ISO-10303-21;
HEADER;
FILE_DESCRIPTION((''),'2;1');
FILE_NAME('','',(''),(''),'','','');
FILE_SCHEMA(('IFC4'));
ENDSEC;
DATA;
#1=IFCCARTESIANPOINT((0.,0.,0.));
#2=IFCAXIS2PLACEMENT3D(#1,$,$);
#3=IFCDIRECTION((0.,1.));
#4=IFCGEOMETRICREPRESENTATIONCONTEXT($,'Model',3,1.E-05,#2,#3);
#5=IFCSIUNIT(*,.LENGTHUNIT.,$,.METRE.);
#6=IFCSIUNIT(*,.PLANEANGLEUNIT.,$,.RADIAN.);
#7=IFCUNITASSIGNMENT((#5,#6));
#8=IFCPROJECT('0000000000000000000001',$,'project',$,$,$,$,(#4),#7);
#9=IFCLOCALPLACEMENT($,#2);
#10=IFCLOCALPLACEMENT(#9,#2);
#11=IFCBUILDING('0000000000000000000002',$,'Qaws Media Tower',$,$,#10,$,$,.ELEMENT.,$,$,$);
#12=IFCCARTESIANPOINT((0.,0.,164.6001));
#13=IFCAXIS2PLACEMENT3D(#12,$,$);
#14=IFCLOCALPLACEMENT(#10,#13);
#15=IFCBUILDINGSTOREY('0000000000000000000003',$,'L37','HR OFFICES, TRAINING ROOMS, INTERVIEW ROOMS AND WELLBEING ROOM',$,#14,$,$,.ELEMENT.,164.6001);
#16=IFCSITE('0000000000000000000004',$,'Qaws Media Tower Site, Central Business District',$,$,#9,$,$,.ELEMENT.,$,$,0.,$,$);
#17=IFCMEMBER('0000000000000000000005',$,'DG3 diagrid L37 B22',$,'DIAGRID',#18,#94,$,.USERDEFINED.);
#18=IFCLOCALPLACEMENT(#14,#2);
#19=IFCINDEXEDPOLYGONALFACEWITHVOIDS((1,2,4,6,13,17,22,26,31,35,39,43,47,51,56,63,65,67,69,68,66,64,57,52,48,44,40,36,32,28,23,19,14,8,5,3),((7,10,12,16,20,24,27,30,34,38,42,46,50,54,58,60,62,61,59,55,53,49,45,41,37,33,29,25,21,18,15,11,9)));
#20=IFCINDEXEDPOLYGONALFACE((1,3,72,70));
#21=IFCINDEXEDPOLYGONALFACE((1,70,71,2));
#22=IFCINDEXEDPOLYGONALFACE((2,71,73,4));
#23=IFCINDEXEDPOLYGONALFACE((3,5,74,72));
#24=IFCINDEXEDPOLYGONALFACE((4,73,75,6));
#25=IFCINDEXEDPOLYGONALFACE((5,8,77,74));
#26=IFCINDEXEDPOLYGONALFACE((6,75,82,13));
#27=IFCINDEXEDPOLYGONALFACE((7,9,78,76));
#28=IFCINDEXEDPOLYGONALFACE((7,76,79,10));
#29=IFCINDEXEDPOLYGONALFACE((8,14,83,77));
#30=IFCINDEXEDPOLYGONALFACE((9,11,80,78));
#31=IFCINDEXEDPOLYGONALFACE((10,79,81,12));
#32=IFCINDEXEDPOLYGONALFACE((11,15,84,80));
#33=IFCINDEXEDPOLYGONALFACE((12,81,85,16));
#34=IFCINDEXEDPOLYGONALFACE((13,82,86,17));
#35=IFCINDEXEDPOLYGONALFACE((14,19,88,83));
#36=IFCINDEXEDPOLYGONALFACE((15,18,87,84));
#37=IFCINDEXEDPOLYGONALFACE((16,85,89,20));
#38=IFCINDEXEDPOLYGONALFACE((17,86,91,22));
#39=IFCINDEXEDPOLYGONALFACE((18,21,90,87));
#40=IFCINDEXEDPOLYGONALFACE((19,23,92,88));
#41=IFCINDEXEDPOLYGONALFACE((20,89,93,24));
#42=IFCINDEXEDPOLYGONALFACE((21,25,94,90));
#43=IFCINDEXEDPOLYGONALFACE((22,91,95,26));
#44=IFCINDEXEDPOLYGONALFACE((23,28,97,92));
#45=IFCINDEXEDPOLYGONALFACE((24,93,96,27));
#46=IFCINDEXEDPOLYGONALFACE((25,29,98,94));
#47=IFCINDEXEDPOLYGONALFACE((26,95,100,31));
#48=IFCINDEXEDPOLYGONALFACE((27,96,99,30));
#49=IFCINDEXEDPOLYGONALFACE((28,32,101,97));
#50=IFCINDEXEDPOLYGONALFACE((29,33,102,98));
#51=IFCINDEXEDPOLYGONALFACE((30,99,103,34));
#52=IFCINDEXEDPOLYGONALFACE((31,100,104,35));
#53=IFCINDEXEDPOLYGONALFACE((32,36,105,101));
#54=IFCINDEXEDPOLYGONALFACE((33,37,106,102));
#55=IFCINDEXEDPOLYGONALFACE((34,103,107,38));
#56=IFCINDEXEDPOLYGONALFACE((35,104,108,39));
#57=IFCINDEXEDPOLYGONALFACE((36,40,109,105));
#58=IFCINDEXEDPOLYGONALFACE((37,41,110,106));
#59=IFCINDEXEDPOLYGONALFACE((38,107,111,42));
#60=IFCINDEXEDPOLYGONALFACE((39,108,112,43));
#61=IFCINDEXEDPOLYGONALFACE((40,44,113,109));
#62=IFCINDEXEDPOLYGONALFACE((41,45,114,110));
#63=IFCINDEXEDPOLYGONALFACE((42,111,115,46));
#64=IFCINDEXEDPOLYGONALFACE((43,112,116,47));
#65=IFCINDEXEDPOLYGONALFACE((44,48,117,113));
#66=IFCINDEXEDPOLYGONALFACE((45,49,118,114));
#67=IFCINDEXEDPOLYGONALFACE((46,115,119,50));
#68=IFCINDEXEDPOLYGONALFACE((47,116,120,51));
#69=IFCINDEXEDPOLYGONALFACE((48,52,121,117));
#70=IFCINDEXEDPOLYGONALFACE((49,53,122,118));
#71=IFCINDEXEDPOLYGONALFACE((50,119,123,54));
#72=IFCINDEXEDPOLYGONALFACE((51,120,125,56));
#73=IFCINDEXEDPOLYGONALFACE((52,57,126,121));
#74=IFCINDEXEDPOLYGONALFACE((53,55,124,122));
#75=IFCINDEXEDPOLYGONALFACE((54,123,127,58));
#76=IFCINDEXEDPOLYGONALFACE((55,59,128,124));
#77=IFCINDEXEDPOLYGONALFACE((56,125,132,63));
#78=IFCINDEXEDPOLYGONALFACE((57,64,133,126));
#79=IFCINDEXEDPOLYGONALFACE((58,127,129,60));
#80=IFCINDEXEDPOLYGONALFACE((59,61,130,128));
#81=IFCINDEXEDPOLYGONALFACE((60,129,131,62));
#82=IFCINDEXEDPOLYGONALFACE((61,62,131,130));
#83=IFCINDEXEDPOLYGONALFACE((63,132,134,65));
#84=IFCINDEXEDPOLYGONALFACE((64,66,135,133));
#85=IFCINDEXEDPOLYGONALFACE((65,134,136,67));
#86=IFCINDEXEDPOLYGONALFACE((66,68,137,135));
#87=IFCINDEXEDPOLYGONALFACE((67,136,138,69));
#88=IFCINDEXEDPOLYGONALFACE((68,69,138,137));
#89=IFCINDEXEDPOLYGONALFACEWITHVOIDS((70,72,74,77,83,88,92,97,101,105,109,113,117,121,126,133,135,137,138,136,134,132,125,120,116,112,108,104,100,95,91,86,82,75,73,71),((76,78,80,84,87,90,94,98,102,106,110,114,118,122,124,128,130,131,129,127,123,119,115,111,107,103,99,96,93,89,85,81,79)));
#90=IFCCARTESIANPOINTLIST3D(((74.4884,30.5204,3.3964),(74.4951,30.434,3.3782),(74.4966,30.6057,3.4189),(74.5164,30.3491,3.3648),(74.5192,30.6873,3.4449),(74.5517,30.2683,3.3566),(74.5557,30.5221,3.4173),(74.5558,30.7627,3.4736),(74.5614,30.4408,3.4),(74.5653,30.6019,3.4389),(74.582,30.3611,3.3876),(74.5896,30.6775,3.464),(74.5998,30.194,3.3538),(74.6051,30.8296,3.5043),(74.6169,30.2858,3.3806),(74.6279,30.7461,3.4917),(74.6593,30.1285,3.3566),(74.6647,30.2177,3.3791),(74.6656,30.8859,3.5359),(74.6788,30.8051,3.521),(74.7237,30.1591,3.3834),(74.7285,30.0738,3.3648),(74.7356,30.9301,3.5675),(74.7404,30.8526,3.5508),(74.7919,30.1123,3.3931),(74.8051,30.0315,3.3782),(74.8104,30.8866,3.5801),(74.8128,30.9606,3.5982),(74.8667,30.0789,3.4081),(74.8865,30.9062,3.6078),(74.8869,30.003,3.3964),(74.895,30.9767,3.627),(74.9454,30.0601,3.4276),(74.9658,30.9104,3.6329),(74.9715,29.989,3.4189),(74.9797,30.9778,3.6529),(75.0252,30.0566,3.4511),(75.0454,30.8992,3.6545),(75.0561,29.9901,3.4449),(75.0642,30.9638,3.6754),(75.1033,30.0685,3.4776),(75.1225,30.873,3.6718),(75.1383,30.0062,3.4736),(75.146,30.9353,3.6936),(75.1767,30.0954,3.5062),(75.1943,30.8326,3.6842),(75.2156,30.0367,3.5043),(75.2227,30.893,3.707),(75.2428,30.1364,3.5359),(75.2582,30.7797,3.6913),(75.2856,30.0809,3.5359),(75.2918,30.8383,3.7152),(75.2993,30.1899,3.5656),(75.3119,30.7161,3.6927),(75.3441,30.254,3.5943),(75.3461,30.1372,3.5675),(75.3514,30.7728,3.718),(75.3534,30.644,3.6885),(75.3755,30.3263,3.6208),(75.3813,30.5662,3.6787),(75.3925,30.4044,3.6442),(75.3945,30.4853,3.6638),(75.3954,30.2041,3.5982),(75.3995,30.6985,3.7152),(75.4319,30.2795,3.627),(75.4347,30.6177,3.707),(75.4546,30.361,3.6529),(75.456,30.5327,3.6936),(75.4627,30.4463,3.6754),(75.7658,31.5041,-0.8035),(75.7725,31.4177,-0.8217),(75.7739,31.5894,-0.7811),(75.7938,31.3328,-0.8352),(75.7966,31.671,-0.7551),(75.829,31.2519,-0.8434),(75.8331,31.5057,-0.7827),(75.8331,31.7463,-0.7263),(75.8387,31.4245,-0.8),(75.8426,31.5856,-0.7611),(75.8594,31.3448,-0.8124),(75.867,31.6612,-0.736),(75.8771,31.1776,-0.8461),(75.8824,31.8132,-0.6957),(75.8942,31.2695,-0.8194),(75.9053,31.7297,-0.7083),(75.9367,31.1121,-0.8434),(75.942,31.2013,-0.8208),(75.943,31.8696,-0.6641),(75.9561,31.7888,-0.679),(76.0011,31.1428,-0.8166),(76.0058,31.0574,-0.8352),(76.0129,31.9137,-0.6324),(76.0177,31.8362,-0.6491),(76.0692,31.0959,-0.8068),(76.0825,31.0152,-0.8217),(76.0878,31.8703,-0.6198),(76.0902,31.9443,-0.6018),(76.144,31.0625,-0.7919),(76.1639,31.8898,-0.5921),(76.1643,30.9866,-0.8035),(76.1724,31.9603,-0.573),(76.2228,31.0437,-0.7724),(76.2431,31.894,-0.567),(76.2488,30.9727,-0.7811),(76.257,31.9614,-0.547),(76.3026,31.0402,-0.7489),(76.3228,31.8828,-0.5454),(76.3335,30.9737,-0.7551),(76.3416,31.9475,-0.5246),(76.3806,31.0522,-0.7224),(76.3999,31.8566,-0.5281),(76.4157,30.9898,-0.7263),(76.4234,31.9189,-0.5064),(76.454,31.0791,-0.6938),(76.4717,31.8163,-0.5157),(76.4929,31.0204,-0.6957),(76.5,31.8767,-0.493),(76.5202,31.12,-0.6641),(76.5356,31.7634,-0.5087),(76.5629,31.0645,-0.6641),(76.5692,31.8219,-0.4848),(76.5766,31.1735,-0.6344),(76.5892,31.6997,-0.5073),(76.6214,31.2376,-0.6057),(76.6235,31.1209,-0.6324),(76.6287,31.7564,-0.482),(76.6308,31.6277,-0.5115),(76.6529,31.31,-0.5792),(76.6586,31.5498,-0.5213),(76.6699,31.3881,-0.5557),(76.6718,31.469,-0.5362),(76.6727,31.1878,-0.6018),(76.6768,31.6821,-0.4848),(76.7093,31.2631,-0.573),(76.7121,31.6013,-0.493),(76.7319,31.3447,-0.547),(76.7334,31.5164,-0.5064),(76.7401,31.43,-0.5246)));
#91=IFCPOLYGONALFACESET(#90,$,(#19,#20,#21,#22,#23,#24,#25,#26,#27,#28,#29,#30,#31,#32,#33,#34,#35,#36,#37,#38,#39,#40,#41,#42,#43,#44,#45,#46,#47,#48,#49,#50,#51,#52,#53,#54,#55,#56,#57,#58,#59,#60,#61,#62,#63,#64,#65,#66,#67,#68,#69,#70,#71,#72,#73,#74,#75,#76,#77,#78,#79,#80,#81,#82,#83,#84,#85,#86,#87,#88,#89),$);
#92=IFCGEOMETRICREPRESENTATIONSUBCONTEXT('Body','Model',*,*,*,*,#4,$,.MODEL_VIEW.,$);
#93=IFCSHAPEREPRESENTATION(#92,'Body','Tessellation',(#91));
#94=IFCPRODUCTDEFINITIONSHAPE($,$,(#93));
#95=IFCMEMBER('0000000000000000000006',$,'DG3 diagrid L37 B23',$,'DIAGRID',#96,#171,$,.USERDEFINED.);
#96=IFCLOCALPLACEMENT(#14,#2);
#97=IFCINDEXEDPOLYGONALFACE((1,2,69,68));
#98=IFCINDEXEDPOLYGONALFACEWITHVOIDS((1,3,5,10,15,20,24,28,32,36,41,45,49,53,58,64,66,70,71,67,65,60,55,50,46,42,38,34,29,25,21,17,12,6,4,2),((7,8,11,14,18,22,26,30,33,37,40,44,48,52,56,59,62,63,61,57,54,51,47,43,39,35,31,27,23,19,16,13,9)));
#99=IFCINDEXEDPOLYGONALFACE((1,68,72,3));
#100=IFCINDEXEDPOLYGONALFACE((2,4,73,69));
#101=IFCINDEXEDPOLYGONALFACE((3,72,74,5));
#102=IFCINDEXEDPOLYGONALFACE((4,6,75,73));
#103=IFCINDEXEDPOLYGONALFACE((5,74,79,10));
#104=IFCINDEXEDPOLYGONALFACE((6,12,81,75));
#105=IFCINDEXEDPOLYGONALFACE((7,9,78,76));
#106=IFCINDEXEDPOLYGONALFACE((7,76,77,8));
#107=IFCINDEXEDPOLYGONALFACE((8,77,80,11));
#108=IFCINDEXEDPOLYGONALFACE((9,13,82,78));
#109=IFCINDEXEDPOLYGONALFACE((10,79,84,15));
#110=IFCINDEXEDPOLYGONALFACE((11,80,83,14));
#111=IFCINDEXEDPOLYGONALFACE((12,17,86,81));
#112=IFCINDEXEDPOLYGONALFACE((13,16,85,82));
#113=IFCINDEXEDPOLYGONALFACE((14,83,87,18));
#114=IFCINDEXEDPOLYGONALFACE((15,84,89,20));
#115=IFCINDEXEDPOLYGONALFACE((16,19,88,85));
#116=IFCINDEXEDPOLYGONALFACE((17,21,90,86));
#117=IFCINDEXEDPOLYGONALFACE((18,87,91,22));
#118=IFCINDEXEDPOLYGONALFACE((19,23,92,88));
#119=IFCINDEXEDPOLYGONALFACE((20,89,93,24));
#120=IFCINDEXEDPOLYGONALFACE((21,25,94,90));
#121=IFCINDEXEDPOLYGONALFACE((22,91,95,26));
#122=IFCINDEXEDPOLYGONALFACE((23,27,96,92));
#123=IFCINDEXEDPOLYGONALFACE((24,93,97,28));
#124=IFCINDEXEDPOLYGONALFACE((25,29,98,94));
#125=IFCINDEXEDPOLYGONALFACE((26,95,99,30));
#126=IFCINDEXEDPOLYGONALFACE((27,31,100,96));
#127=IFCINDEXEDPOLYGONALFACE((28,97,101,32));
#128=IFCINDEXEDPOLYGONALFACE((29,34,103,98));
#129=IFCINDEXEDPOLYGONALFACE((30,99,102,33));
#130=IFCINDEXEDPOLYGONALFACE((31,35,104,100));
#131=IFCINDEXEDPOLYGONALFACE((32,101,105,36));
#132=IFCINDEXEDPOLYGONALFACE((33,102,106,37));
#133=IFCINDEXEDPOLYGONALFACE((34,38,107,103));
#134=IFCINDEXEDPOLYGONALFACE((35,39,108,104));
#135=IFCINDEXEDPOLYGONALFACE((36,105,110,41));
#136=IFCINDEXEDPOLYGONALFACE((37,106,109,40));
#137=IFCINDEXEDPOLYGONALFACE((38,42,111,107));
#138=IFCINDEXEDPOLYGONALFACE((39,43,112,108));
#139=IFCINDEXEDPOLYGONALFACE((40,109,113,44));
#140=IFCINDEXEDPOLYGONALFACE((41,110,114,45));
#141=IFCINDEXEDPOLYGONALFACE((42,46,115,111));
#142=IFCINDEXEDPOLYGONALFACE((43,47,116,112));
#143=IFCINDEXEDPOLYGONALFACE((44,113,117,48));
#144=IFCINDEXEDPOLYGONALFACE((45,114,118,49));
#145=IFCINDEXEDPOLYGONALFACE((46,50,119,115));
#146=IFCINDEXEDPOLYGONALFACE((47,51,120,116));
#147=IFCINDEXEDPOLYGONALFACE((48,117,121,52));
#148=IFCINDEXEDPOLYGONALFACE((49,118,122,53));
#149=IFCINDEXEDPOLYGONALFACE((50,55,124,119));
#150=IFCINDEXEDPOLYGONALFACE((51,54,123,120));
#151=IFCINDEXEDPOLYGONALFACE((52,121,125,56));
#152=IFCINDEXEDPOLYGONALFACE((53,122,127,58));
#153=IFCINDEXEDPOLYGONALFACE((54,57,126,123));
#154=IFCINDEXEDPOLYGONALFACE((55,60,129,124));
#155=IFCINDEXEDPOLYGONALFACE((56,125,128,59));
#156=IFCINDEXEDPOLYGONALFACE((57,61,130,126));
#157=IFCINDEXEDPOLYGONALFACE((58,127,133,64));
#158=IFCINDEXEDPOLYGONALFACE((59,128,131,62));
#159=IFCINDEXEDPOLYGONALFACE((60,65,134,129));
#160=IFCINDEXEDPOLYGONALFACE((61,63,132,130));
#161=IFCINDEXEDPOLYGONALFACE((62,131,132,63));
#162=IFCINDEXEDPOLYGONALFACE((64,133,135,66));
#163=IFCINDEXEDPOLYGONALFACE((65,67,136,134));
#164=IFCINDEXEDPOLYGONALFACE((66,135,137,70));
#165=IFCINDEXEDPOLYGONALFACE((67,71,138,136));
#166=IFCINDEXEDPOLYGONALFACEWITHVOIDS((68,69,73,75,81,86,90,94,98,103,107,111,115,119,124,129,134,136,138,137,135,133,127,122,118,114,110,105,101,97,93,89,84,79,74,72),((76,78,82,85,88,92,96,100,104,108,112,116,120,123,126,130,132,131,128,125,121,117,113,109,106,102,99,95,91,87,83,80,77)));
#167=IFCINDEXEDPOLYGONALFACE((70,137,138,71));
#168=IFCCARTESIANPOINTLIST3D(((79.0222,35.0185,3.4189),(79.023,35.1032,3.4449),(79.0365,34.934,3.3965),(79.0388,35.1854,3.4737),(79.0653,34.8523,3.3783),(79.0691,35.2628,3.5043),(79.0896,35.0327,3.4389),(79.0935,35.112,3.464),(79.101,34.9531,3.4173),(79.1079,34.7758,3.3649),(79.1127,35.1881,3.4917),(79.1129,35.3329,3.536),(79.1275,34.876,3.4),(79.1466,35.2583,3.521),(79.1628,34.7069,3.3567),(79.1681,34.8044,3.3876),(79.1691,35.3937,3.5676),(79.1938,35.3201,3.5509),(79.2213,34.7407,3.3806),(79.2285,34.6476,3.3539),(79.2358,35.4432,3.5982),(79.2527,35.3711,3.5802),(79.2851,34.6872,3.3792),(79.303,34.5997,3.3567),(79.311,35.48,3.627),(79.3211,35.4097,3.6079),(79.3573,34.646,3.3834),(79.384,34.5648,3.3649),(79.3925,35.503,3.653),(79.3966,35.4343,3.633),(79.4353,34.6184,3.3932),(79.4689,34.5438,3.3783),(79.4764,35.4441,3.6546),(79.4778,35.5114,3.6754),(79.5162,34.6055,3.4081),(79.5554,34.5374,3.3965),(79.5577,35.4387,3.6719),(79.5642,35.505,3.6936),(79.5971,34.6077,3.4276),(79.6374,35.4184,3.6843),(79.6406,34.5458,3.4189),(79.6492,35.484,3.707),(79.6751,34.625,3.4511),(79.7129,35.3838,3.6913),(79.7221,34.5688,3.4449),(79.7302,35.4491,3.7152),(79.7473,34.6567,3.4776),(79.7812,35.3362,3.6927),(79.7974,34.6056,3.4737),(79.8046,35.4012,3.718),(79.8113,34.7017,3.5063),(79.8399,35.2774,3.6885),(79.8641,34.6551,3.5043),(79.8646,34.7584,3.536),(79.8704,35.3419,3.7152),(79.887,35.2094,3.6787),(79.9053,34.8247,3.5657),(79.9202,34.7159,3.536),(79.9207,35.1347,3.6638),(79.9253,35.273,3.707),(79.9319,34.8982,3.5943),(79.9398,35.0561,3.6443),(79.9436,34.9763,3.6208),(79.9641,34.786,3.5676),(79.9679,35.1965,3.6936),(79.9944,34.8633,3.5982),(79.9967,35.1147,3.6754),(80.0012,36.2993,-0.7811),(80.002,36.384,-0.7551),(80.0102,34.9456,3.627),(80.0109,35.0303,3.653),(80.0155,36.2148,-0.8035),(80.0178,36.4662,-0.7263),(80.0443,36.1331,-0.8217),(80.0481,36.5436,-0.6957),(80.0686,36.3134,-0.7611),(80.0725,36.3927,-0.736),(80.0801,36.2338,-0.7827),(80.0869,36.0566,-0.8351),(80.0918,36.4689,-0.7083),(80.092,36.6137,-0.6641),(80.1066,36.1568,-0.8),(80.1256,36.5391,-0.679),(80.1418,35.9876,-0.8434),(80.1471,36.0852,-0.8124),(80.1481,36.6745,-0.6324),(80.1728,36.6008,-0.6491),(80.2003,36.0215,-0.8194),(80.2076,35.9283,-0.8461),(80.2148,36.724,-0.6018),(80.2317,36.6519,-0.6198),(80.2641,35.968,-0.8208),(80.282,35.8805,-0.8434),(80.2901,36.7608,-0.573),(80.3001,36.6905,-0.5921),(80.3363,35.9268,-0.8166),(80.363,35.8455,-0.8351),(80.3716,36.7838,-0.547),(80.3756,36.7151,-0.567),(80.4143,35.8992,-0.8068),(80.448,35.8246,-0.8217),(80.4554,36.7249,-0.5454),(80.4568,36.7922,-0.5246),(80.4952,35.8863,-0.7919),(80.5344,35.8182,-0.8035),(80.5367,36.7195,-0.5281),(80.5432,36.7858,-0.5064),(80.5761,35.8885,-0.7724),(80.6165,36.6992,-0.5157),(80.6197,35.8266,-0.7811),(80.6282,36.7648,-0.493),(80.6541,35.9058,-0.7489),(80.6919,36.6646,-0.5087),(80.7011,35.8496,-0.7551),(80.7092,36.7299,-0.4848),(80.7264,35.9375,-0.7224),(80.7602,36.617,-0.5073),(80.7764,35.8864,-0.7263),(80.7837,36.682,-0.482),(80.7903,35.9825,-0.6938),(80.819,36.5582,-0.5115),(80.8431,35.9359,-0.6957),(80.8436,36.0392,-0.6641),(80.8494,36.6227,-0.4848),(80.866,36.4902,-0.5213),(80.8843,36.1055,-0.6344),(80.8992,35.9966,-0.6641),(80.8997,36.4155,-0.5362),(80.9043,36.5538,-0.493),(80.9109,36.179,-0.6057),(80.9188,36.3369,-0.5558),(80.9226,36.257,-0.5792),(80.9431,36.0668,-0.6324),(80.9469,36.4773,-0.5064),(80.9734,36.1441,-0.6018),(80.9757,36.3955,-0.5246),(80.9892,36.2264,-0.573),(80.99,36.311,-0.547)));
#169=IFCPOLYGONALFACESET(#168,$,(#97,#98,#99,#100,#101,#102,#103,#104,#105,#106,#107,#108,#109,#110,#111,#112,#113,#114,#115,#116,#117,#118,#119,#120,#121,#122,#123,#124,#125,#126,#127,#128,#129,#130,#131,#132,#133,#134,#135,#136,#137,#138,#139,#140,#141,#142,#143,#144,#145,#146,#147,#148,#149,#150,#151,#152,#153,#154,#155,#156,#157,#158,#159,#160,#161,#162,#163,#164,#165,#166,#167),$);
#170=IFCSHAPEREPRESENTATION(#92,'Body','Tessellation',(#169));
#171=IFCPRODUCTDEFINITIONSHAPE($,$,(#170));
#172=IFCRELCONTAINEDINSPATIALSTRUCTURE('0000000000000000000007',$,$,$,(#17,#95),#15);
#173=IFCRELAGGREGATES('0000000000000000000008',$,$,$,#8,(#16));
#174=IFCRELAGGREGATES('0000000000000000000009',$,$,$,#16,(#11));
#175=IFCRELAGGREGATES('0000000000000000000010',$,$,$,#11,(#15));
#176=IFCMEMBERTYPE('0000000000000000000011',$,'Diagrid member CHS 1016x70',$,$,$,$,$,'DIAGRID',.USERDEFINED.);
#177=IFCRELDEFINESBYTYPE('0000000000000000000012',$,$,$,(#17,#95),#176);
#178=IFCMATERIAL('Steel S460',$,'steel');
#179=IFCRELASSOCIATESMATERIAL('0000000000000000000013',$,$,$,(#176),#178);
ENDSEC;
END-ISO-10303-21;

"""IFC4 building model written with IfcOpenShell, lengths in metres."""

from ifc_helpers import new_model, si_unit, direction, frame, origin, origin_2d, place, context, subcontext, project, spatial, hollow_circle, extrude, material, material_profile, profile_set, type_object, element, save


model = new_model("IFC4")

# Units and contexts
model_context = context("Model", 3, precision=1e-05, world=origin(), true_north=direction((0.0, 1.0)))
body_context = subcontext(model_context, "Body", "Model", "MODEL_VIEW")
ifc_project = project(units=[si_unit("LENGTHUNIT", "METRE"), si_unit("PLANEANGLEUNIT", "RADIAN")], contexts=[model_context])

# Site, building, storey
site_placement = place(None, origin())
site = spatial("IfcSite", under=ifc_project, at=site_placement, Name="Qaws Media Tower Site, Central Business District", CompositionType="ELEMENT", RefElevation=0.0)
building_placement = place(site_placement, origin())
building = spatial("IfcBuilding", under=site, at=building_placement, Name="Qaws Media Tower", CompositionType="ELEMENT")
storey_placement = place(building_placement, frame((0.0, 0.0, 164.6001)))
storey = spatial("IfcBuildingStorey", under=building, at=storey_placement, Name="L37", Description="HR OFFICES, TRAINING ROOMS, INTERVIEW ROOMS AND WELLBEING ROOM", CompositionType="ELEMENT", Elevation=164.6001)

# Members
ifc_material_1 = material(Name="Steel S460", Category="steel")
ifc_material_profile_1 = material_profile(ifc_material_1, hollow_circle(Radius=0.5081, WallThickness=0.0701, at=origin_2d()), Name="CHS 1016x70")
ifc_profile_set_1 = profile_set([ifc_material_profile_1], Name="Steel S460")
member_type_1 = type_object("IfcMemberType", Name="Diagrid member CHS 1016x70", ElementType="DIAGRID", PredefinedType="USERDEFINED", material=ifc_profile_set_1)
for number, where, z_axis, x_axis, name in (
    (1, (76.2529, 31.467, -0.6641), (-0.283933, -0.218648, 0.933582), (0.610128, -0.792303, 0.0), "DG3 diagrid L37 B22"),
    (2, (80.4956, 36.3052, -0.6641), (-0.217619, -0.284695, 0.93359), (0.794478, -0.607293, 0.0), "DG3 diagrid L37 B23"),
):
    element("IfcMember", number, at=place(storey_placement, frame(where, z_axis=z_axis, x_axis=x_axis)), inside=storey, type_object=member_type_1, Name=name, ObjectType="DIAGRID", PredefinedType="USERDEFINED", context=body_context, shape_type="SweptSolid", body=[
        extrude(hollow_circle(Radius=0.5081, WallThickness=0.0701, at=origin_2d()), origin(), (0.0, 0.0, 1.0), 4.4988),
    ])

save(model, "model.ifc")
